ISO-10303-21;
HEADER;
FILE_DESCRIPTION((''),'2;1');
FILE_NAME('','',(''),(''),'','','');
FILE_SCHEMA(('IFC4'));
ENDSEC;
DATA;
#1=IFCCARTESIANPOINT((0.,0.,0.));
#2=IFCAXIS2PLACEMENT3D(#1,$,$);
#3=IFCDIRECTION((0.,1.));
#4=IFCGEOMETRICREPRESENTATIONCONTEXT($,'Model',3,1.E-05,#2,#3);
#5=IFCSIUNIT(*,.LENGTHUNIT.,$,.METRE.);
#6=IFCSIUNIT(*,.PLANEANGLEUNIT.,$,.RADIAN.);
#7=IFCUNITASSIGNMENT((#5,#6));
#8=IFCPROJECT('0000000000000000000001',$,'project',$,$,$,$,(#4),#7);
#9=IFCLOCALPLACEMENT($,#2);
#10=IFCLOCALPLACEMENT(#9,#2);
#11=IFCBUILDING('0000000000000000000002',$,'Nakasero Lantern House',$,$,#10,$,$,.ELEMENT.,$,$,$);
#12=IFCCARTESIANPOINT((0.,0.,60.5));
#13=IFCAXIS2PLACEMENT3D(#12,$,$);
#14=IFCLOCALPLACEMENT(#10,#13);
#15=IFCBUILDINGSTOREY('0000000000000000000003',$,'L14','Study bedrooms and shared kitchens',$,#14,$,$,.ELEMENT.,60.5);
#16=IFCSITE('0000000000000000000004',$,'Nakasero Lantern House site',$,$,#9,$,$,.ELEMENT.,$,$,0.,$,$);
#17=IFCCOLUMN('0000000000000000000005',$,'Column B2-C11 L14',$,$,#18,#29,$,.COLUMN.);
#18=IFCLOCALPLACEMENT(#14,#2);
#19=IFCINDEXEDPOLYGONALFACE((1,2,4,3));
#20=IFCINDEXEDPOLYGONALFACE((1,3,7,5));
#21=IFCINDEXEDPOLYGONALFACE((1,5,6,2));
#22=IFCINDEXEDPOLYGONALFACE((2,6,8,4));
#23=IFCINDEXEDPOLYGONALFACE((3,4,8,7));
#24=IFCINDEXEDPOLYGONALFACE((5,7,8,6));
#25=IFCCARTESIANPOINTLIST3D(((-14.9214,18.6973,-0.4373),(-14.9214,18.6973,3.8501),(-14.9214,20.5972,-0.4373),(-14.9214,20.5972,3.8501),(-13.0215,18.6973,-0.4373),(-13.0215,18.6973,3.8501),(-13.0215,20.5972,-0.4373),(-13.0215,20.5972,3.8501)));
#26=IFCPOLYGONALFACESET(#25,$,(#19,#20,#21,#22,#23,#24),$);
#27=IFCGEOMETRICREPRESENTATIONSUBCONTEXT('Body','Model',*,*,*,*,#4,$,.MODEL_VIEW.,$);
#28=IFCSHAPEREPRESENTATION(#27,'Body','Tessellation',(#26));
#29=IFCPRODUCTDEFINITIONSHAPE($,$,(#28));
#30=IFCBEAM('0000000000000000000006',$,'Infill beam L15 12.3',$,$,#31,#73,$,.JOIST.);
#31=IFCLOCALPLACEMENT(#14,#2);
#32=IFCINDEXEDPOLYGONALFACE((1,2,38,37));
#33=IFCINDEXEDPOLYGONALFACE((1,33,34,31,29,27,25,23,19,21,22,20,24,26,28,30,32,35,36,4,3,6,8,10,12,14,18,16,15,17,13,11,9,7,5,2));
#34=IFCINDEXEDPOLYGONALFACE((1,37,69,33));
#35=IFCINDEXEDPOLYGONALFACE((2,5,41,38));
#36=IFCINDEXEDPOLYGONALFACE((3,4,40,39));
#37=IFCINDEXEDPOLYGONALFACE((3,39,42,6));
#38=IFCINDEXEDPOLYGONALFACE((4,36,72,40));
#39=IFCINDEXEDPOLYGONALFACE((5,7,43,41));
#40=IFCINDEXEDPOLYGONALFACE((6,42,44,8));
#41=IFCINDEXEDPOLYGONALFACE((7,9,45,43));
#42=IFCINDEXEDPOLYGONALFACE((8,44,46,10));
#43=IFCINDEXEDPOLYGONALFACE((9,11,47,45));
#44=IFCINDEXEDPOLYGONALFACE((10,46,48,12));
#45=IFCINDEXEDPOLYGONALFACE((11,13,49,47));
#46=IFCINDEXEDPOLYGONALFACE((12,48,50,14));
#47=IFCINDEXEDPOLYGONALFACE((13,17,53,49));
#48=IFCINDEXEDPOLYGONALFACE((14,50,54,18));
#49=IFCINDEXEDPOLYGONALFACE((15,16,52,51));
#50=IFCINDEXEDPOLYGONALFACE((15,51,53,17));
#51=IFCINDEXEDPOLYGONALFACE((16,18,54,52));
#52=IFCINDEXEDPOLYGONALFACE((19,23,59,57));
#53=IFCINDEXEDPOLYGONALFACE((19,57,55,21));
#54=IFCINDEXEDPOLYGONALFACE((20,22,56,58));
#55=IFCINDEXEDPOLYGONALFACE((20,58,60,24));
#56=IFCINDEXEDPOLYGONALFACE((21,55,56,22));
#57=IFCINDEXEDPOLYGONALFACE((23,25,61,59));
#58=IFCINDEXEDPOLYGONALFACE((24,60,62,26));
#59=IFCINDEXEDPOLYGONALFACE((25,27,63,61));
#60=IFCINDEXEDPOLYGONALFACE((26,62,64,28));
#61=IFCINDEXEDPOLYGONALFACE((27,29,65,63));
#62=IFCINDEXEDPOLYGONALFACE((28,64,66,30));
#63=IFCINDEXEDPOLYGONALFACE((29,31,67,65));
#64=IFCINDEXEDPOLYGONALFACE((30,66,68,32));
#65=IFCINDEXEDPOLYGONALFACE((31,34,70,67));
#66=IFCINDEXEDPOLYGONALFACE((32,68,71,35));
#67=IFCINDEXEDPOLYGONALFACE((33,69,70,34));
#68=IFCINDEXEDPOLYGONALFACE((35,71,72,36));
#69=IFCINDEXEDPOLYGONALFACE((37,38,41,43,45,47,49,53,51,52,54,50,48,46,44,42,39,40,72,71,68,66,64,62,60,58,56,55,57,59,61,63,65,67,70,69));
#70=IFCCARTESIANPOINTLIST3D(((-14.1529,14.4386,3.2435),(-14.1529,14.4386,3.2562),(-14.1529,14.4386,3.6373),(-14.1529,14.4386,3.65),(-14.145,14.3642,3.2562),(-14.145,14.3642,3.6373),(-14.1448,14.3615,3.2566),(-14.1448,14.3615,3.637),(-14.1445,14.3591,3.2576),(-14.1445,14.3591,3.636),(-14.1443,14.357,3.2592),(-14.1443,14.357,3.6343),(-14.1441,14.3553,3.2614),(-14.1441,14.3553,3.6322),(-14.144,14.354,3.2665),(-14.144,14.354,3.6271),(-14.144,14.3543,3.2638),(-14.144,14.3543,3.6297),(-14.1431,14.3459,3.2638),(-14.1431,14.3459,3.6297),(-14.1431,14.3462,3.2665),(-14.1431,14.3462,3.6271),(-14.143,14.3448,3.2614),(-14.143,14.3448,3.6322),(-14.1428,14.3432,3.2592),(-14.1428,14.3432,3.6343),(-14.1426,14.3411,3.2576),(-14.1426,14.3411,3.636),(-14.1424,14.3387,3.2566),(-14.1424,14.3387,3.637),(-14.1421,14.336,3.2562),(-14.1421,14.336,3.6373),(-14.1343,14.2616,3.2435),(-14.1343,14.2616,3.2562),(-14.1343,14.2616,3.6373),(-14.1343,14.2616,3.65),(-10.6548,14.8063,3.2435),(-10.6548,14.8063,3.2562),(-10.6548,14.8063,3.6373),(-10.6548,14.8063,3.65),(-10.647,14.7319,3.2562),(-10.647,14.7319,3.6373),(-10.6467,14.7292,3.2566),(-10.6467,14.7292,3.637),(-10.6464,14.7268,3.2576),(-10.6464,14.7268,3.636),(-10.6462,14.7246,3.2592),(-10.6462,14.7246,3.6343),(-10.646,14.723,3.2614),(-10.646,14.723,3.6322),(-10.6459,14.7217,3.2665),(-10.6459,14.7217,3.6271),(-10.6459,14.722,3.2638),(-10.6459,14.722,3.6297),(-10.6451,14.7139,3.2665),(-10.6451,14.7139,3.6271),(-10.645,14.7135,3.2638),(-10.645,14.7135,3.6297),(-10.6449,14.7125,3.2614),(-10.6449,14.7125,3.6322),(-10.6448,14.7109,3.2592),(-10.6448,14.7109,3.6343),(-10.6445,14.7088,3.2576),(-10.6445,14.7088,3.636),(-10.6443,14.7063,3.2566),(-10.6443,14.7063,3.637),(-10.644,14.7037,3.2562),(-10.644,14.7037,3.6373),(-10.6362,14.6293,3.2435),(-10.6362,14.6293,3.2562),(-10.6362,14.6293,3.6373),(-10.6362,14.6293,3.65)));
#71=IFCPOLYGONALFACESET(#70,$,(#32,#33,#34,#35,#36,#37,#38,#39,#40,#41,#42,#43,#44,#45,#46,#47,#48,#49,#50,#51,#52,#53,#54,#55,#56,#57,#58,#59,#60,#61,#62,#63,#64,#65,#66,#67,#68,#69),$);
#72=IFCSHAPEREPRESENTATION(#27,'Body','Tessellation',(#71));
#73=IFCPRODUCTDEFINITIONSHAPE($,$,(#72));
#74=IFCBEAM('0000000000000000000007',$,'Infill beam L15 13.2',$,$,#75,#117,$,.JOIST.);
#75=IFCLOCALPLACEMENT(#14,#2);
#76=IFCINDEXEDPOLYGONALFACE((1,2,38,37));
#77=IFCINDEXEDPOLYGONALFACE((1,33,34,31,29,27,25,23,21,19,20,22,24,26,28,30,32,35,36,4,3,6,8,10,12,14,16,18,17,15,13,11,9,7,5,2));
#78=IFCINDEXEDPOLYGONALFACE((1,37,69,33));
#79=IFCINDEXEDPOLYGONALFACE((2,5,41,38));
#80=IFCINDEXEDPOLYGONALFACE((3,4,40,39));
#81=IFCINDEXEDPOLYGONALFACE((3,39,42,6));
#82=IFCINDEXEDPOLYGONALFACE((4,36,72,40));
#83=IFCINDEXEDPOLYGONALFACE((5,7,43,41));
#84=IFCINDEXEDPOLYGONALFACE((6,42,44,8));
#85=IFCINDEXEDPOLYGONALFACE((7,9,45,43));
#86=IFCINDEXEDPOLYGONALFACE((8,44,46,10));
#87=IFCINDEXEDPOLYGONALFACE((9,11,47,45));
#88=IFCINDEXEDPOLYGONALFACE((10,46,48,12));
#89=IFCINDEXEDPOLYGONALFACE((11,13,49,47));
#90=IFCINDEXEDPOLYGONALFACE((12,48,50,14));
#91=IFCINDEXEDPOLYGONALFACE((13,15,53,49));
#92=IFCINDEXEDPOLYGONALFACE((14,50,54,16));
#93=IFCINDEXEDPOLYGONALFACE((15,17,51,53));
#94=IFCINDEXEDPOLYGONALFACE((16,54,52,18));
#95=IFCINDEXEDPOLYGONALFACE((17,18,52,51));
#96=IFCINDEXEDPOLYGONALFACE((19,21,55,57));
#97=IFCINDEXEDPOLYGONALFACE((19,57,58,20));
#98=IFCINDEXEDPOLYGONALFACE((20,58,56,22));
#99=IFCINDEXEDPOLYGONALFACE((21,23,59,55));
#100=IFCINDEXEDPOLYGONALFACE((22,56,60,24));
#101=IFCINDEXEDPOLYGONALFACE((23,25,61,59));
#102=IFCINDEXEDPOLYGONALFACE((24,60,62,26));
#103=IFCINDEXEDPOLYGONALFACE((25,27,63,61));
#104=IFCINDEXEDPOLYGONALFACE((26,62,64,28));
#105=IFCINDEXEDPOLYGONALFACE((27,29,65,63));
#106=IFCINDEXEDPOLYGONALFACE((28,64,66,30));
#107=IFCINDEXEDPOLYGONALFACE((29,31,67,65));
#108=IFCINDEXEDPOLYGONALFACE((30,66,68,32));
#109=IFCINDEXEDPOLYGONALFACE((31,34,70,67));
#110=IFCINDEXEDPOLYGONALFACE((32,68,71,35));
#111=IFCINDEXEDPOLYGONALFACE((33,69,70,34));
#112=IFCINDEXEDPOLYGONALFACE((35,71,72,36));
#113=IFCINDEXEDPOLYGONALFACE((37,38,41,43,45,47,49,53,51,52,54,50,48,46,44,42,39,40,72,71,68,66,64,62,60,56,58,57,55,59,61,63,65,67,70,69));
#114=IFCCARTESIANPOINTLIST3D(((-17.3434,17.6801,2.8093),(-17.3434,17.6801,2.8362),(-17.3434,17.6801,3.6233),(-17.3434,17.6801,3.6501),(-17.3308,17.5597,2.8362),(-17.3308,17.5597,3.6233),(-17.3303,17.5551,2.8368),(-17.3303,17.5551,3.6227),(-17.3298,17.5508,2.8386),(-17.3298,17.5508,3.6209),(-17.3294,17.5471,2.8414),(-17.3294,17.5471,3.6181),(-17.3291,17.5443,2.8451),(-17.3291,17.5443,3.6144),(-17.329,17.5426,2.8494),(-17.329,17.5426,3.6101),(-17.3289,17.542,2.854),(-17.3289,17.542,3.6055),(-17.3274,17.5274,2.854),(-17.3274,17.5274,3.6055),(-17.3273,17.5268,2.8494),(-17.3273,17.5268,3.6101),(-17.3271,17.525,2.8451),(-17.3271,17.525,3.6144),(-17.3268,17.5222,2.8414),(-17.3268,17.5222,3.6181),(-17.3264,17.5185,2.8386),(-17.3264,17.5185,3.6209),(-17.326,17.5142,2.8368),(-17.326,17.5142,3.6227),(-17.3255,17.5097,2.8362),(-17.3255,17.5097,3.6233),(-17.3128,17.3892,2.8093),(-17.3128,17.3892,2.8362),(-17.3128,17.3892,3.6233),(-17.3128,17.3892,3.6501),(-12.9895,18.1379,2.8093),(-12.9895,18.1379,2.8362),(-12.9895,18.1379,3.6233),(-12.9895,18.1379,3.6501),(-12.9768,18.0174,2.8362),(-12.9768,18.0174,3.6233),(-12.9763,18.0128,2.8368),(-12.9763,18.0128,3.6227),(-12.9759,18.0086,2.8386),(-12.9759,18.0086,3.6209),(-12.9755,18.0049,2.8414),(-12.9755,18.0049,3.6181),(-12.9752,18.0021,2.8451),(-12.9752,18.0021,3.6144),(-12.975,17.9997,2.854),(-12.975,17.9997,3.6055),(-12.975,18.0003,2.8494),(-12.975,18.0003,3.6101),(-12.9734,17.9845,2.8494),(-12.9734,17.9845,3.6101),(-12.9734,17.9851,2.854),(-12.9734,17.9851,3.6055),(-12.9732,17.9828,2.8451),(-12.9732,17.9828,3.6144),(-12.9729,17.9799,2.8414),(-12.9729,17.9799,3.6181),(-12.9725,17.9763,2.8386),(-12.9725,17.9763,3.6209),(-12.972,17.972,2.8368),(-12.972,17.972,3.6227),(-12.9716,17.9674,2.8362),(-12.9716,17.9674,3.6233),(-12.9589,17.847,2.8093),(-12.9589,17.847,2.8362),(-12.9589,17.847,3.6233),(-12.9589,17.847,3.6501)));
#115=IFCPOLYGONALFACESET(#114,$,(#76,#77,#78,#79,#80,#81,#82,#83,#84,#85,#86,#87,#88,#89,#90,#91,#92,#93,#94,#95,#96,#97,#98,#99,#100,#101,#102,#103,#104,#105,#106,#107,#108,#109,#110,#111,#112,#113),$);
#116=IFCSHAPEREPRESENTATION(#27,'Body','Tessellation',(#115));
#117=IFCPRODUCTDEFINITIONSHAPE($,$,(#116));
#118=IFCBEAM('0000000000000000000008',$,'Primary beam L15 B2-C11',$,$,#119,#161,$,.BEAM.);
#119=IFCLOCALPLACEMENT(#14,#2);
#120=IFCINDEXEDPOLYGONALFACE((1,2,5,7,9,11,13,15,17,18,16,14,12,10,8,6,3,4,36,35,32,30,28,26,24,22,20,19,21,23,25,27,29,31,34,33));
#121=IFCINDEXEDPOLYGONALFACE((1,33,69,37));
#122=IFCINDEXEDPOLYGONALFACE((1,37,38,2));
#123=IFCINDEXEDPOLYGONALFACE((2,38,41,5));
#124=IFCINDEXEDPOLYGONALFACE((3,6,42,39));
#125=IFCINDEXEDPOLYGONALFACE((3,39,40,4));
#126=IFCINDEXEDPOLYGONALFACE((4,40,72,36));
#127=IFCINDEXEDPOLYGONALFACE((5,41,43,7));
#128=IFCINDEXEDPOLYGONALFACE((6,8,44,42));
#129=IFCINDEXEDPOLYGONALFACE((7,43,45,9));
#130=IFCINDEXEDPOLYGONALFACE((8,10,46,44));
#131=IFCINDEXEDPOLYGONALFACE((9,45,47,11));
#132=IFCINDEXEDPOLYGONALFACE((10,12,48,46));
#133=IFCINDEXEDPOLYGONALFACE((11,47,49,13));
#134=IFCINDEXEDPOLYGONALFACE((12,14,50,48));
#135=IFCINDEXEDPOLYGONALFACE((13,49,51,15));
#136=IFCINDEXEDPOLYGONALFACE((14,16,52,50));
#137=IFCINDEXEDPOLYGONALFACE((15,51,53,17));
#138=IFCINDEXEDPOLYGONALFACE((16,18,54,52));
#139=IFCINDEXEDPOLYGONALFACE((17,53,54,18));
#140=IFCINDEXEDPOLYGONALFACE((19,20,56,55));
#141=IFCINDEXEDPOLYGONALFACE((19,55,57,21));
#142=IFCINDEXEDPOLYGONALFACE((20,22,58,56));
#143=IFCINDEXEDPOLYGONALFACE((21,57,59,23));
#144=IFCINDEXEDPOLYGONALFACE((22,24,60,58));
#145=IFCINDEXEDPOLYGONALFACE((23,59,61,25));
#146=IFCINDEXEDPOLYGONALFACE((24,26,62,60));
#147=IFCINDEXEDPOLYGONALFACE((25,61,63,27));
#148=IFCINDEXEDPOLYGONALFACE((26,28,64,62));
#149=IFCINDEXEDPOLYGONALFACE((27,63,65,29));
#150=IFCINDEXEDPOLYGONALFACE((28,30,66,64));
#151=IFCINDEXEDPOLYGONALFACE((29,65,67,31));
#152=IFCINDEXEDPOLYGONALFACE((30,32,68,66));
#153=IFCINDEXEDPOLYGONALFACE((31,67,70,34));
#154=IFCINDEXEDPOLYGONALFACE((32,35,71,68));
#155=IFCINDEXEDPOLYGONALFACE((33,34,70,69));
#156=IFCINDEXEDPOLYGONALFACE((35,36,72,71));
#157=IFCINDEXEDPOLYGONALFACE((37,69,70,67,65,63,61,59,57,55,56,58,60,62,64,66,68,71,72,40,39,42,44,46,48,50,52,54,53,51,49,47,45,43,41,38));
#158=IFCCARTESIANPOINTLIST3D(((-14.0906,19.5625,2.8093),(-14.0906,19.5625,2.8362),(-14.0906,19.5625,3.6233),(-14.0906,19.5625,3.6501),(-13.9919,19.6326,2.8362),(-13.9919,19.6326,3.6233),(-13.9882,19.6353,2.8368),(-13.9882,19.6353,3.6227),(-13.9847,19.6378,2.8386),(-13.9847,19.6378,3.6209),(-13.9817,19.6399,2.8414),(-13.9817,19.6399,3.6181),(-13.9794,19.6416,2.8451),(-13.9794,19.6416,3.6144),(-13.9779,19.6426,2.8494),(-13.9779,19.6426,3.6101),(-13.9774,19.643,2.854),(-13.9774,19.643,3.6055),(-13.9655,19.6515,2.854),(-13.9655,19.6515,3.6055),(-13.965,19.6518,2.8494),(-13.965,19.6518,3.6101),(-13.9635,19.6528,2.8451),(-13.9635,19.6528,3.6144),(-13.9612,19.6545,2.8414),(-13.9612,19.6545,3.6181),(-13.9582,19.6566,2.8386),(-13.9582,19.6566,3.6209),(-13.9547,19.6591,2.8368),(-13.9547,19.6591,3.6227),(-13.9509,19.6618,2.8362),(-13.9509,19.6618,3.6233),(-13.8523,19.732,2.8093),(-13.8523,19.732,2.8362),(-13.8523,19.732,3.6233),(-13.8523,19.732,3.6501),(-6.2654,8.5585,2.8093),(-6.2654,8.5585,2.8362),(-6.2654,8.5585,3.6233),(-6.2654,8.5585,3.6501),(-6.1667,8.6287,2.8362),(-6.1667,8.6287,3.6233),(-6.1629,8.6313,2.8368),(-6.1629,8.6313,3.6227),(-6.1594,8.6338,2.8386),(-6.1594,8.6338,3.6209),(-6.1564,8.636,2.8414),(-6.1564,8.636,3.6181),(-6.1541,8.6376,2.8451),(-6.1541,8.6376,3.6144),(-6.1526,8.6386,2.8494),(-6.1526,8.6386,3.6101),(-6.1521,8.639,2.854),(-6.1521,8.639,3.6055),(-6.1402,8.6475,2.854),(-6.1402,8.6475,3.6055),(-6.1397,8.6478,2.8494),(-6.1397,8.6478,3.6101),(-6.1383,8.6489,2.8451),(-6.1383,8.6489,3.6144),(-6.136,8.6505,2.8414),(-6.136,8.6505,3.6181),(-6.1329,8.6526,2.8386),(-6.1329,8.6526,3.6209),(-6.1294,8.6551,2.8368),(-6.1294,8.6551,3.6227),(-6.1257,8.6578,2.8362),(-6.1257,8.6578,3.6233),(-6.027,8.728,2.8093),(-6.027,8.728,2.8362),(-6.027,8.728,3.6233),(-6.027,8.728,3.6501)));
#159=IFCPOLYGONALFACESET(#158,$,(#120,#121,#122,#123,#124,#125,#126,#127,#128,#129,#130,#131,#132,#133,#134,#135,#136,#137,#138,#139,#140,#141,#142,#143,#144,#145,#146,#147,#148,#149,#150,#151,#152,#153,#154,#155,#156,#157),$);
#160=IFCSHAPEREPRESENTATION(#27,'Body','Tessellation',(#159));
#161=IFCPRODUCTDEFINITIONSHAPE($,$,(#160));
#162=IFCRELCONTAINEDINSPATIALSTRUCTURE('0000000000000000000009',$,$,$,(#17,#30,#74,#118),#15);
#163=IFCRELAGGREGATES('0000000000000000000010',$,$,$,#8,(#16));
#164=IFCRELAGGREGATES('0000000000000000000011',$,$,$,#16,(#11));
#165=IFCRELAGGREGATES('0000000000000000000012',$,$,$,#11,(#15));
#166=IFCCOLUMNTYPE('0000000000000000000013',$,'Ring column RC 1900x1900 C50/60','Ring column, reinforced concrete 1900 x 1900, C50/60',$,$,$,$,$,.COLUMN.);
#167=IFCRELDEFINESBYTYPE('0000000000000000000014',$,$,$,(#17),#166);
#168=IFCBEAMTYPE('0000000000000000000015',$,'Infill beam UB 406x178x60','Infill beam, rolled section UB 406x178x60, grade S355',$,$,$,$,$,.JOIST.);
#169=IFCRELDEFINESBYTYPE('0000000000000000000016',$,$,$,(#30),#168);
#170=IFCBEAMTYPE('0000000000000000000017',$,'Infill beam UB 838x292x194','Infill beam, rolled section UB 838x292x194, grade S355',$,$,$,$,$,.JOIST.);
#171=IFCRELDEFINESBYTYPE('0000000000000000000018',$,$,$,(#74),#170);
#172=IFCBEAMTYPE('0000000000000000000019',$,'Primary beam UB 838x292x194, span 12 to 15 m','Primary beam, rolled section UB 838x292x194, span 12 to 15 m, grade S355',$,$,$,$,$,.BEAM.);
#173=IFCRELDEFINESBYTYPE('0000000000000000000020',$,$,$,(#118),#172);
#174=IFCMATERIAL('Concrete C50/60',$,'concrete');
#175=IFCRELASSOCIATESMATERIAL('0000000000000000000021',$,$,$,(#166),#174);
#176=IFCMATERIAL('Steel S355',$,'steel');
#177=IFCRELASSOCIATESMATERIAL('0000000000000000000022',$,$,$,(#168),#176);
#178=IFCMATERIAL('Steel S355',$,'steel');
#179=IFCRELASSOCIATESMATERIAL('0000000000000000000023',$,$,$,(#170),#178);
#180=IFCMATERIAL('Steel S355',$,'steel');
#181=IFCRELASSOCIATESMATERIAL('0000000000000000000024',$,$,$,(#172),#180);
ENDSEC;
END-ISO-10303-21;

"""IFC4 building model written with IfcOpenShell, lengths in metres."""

from ifc_helpers import new_model, si_unit, direction, frame, origin, origin_2d, place, context, subcontext, project, spatial, rectangle, i_section, extrude, material, material_profile, profile_set, type_object, element, save


model = new_model("IFC4")

# Units and contexts
model_context = context("Model", 3, precision=1e-05, world=origin(), true_north=direction((0.0, 1.0)))
body_context = subcontext(model_context, "Body", "Model", "MODEL_VIEW")
ifc_project = project(units=[si_unit("LENGTHUNIT", "METRE"), si_unit("PLANEANGLEUNIT", "RADIAN")], contexts=[model_context])

# Site, building, storey
site_placement = place(None, origin())
site = spatial("IfcSite", under=ifc_project, at=site_placement, Name="Nakasero Lantern House site", CompositionType="ELEMENT", RefElevation=0.0)
building_placement = place(site_placement, origin())
building = spatial("IfcBuilding", under=site, at=building_placement, Name="Nakasero Lantern House", CompositionType="ELEMENT")
storey_placement = place(building_placement, frame((0.0, 0.0, 60.5)))
storey = spatial("IfcBuildingStorey", under=building, at=storey_placement, Name="L14", Description="Study bedrooms and shared kitchens", CompositionType="ELEMENT", Elevation=60.5)

# Column
ifc_material_1 = material(Name="Concrete C50/60", Category="concrete")
ifc_material_profile_1 = material_profile(ifc_material_1, rectangle(XDim=1.8999, YDim=1.8999, at=origin_2d()), Name="RC 1900x1900")
ifc_profile_set_1 = profile_set([ifc_material_profile_1], Name="Concrete C50/60")
column_type = type_object("IfcColumnType", Name="Ring column RC 1900x1900 C50/60", Description="Ring column, reinforced concrete 1900 x 1900, C50/60", PredefinedType="COLUMN", material=ifc_profile_set_1)
column_placement = place(storey_placement, frame((-13.9714, 19.6472, -0.4373), z_axis=(0.0, 0.0, 1.0), x_axis=(1.0, 0.0, 0.0)))
element("IfcColumn", 1, at=column_placement, inside=storey, type_object=column_type, Name="Column B2-C11 L14", PredefinedType="COLUMN", context=body_context, shape_type="SweptSolid", body=[
    extrude(rectangle(XDim=1.8999, YDim=1.8999, at=origin_2d()), origin(), (0.0, 0.0, 1.0), 4.2874),
])

# Beams
ifc_material_2 = material(Name="Steel S355", Category="steel")
ifc_material_profile_2 = material_profile(ifc_material_2, i_section(OverallWidth=0.178, OverallDepth=0.4065, WebThickness=0.0078, FlangeThickness=0.0127, FilletRadius=0.0103, at=origin_2d()), Name="UB 406x178x60")
ifc_profile_set_2 = profile_set([ifc_material_profile_2], Name="Steel S355")
beam_type_1 = type_object("IfcBeamType", Name="Infill beam UB 406x178x60", Description="Infill beam, rolled section UB 406x178x60, grade S355", PredefinedType="JOIST", material=ifc_profile_set_2)
beam_1_placement = place(storey_placement, frame((-14.1436, 14.3501, 3.4468), z_axis=(0.994521, 0.104533, 0.0), x_axis=(-0.104533, 0.994521, 0.0)))
element("IfcBeam", 2, at=beam_1_placement, inside=storey, type_object=beam_type_1, Name="Infill beam L15 12.3", PredefinedType="JOIST", context=body_context, shape_type="SweptSolid", body=[
    extrude(i_section(OverallWidth=0.178, OverallDepth=0.4065, WebThickness=0.0078, FlangeThickness=0.0127, FilletRadius=0.0103, at=origin_2d()), origin(), (0.0, 0.0, 1.0), 3.5173),
])
ifc_material_3 = material(Name="Steel S355", Category="steel")
ifc_material_profile_3 = material_profile(ifc_material_3, i_section(OverallWidth=0.2925, OverallDepth=0.8408, WebThickness=0.0146, FlangeThickness=0.0269, FilletRadius=0.0178, at=origin_2d()), Name="UB 838x292x194")
ifc_profile_set_3 = profile_set([ifc_material_profile_3], Name="Steel S355")
beam_type_2 = type_object("IfcBeamType", Name="Infill beam UB 838x292x194", Description="Infill beam, rolled section UB 838x292x194, grade S355", PredefinedType="JOIST", material=ifc_profile_set_3)
beam_2_placement = place(storey_placement, frame((-17.3281, 17.5347, 3.2297), z_axis=(0.994519, 0.10456, 0.0), x_axis=(-0.10456, 0.994519, 0.0)))
element("IfcBeam", 3, at=beam_2_placement, inside=storey, type_object=beam_type_2, Name="Infill beam L15 13.2", PredefinedType="JOIST", context=body_context, shape_type="SweptSolid", body=[
    extrude(i_section(OverallWidth=0.2925, OverallDepth=0.8408, WebThickness=0.0146, FlangeThickness=0.0269, FilletRadius=0.0178, at=origin_2d()), origin(), (0.0, 0.0, 1.0), 4.3779),
])
ifc_material_4 = material(Name="Steel S355", Category="steel")
ifc_material_profile_4 = material_profile(ifc_material_4, i_section(OverallWidth=0.2925, OverallDepth=0.8408, WebThickness=0.0146, FlangeThickness=0.0269, FilletRadius=0.0178, at=origin_2d()), Name="UB 838x292x194")
ifc_profile_set_4 = profile_set([ifc_material_profile_4], Name="Steel S355")
beam_type_3 = type_object("IfcBeamType", Name="Primary beam UB 838x292x194, span 12 to 15 m", Description="Primary beam, rolled section UB 838x292x194, span 12 to 15 m, grade S355", PredefinedType="BEAM", material=ifc_profile_set_4)
beam_3_placement = place(storey_placement, frame((-13.9714, 19.6472, 3.2297), z_axis=(0.579533, -0.814948, 0.0), x_axis=(0.814948, 0.579533, 0.0)))
element("IfcBeam", 4, at=beam_3_placement, inside=storey, type_object=beam_type_3, Name="Primary beam L15 B2-C11", PredefinedType="BEAM", context=body_context, shape_type="SweptSolid", body=[
    extrude(i_section(OverallWidth=0.2925, OverallDepth=0.8408, WebThickness=0.0146, FlangeThickness=0.0269, FilletRadius=0.0178, at=origin_2d()), origin(), (0.0, 0.0, 1.0), 13.5027),
])

save(model, "model.ifc")
